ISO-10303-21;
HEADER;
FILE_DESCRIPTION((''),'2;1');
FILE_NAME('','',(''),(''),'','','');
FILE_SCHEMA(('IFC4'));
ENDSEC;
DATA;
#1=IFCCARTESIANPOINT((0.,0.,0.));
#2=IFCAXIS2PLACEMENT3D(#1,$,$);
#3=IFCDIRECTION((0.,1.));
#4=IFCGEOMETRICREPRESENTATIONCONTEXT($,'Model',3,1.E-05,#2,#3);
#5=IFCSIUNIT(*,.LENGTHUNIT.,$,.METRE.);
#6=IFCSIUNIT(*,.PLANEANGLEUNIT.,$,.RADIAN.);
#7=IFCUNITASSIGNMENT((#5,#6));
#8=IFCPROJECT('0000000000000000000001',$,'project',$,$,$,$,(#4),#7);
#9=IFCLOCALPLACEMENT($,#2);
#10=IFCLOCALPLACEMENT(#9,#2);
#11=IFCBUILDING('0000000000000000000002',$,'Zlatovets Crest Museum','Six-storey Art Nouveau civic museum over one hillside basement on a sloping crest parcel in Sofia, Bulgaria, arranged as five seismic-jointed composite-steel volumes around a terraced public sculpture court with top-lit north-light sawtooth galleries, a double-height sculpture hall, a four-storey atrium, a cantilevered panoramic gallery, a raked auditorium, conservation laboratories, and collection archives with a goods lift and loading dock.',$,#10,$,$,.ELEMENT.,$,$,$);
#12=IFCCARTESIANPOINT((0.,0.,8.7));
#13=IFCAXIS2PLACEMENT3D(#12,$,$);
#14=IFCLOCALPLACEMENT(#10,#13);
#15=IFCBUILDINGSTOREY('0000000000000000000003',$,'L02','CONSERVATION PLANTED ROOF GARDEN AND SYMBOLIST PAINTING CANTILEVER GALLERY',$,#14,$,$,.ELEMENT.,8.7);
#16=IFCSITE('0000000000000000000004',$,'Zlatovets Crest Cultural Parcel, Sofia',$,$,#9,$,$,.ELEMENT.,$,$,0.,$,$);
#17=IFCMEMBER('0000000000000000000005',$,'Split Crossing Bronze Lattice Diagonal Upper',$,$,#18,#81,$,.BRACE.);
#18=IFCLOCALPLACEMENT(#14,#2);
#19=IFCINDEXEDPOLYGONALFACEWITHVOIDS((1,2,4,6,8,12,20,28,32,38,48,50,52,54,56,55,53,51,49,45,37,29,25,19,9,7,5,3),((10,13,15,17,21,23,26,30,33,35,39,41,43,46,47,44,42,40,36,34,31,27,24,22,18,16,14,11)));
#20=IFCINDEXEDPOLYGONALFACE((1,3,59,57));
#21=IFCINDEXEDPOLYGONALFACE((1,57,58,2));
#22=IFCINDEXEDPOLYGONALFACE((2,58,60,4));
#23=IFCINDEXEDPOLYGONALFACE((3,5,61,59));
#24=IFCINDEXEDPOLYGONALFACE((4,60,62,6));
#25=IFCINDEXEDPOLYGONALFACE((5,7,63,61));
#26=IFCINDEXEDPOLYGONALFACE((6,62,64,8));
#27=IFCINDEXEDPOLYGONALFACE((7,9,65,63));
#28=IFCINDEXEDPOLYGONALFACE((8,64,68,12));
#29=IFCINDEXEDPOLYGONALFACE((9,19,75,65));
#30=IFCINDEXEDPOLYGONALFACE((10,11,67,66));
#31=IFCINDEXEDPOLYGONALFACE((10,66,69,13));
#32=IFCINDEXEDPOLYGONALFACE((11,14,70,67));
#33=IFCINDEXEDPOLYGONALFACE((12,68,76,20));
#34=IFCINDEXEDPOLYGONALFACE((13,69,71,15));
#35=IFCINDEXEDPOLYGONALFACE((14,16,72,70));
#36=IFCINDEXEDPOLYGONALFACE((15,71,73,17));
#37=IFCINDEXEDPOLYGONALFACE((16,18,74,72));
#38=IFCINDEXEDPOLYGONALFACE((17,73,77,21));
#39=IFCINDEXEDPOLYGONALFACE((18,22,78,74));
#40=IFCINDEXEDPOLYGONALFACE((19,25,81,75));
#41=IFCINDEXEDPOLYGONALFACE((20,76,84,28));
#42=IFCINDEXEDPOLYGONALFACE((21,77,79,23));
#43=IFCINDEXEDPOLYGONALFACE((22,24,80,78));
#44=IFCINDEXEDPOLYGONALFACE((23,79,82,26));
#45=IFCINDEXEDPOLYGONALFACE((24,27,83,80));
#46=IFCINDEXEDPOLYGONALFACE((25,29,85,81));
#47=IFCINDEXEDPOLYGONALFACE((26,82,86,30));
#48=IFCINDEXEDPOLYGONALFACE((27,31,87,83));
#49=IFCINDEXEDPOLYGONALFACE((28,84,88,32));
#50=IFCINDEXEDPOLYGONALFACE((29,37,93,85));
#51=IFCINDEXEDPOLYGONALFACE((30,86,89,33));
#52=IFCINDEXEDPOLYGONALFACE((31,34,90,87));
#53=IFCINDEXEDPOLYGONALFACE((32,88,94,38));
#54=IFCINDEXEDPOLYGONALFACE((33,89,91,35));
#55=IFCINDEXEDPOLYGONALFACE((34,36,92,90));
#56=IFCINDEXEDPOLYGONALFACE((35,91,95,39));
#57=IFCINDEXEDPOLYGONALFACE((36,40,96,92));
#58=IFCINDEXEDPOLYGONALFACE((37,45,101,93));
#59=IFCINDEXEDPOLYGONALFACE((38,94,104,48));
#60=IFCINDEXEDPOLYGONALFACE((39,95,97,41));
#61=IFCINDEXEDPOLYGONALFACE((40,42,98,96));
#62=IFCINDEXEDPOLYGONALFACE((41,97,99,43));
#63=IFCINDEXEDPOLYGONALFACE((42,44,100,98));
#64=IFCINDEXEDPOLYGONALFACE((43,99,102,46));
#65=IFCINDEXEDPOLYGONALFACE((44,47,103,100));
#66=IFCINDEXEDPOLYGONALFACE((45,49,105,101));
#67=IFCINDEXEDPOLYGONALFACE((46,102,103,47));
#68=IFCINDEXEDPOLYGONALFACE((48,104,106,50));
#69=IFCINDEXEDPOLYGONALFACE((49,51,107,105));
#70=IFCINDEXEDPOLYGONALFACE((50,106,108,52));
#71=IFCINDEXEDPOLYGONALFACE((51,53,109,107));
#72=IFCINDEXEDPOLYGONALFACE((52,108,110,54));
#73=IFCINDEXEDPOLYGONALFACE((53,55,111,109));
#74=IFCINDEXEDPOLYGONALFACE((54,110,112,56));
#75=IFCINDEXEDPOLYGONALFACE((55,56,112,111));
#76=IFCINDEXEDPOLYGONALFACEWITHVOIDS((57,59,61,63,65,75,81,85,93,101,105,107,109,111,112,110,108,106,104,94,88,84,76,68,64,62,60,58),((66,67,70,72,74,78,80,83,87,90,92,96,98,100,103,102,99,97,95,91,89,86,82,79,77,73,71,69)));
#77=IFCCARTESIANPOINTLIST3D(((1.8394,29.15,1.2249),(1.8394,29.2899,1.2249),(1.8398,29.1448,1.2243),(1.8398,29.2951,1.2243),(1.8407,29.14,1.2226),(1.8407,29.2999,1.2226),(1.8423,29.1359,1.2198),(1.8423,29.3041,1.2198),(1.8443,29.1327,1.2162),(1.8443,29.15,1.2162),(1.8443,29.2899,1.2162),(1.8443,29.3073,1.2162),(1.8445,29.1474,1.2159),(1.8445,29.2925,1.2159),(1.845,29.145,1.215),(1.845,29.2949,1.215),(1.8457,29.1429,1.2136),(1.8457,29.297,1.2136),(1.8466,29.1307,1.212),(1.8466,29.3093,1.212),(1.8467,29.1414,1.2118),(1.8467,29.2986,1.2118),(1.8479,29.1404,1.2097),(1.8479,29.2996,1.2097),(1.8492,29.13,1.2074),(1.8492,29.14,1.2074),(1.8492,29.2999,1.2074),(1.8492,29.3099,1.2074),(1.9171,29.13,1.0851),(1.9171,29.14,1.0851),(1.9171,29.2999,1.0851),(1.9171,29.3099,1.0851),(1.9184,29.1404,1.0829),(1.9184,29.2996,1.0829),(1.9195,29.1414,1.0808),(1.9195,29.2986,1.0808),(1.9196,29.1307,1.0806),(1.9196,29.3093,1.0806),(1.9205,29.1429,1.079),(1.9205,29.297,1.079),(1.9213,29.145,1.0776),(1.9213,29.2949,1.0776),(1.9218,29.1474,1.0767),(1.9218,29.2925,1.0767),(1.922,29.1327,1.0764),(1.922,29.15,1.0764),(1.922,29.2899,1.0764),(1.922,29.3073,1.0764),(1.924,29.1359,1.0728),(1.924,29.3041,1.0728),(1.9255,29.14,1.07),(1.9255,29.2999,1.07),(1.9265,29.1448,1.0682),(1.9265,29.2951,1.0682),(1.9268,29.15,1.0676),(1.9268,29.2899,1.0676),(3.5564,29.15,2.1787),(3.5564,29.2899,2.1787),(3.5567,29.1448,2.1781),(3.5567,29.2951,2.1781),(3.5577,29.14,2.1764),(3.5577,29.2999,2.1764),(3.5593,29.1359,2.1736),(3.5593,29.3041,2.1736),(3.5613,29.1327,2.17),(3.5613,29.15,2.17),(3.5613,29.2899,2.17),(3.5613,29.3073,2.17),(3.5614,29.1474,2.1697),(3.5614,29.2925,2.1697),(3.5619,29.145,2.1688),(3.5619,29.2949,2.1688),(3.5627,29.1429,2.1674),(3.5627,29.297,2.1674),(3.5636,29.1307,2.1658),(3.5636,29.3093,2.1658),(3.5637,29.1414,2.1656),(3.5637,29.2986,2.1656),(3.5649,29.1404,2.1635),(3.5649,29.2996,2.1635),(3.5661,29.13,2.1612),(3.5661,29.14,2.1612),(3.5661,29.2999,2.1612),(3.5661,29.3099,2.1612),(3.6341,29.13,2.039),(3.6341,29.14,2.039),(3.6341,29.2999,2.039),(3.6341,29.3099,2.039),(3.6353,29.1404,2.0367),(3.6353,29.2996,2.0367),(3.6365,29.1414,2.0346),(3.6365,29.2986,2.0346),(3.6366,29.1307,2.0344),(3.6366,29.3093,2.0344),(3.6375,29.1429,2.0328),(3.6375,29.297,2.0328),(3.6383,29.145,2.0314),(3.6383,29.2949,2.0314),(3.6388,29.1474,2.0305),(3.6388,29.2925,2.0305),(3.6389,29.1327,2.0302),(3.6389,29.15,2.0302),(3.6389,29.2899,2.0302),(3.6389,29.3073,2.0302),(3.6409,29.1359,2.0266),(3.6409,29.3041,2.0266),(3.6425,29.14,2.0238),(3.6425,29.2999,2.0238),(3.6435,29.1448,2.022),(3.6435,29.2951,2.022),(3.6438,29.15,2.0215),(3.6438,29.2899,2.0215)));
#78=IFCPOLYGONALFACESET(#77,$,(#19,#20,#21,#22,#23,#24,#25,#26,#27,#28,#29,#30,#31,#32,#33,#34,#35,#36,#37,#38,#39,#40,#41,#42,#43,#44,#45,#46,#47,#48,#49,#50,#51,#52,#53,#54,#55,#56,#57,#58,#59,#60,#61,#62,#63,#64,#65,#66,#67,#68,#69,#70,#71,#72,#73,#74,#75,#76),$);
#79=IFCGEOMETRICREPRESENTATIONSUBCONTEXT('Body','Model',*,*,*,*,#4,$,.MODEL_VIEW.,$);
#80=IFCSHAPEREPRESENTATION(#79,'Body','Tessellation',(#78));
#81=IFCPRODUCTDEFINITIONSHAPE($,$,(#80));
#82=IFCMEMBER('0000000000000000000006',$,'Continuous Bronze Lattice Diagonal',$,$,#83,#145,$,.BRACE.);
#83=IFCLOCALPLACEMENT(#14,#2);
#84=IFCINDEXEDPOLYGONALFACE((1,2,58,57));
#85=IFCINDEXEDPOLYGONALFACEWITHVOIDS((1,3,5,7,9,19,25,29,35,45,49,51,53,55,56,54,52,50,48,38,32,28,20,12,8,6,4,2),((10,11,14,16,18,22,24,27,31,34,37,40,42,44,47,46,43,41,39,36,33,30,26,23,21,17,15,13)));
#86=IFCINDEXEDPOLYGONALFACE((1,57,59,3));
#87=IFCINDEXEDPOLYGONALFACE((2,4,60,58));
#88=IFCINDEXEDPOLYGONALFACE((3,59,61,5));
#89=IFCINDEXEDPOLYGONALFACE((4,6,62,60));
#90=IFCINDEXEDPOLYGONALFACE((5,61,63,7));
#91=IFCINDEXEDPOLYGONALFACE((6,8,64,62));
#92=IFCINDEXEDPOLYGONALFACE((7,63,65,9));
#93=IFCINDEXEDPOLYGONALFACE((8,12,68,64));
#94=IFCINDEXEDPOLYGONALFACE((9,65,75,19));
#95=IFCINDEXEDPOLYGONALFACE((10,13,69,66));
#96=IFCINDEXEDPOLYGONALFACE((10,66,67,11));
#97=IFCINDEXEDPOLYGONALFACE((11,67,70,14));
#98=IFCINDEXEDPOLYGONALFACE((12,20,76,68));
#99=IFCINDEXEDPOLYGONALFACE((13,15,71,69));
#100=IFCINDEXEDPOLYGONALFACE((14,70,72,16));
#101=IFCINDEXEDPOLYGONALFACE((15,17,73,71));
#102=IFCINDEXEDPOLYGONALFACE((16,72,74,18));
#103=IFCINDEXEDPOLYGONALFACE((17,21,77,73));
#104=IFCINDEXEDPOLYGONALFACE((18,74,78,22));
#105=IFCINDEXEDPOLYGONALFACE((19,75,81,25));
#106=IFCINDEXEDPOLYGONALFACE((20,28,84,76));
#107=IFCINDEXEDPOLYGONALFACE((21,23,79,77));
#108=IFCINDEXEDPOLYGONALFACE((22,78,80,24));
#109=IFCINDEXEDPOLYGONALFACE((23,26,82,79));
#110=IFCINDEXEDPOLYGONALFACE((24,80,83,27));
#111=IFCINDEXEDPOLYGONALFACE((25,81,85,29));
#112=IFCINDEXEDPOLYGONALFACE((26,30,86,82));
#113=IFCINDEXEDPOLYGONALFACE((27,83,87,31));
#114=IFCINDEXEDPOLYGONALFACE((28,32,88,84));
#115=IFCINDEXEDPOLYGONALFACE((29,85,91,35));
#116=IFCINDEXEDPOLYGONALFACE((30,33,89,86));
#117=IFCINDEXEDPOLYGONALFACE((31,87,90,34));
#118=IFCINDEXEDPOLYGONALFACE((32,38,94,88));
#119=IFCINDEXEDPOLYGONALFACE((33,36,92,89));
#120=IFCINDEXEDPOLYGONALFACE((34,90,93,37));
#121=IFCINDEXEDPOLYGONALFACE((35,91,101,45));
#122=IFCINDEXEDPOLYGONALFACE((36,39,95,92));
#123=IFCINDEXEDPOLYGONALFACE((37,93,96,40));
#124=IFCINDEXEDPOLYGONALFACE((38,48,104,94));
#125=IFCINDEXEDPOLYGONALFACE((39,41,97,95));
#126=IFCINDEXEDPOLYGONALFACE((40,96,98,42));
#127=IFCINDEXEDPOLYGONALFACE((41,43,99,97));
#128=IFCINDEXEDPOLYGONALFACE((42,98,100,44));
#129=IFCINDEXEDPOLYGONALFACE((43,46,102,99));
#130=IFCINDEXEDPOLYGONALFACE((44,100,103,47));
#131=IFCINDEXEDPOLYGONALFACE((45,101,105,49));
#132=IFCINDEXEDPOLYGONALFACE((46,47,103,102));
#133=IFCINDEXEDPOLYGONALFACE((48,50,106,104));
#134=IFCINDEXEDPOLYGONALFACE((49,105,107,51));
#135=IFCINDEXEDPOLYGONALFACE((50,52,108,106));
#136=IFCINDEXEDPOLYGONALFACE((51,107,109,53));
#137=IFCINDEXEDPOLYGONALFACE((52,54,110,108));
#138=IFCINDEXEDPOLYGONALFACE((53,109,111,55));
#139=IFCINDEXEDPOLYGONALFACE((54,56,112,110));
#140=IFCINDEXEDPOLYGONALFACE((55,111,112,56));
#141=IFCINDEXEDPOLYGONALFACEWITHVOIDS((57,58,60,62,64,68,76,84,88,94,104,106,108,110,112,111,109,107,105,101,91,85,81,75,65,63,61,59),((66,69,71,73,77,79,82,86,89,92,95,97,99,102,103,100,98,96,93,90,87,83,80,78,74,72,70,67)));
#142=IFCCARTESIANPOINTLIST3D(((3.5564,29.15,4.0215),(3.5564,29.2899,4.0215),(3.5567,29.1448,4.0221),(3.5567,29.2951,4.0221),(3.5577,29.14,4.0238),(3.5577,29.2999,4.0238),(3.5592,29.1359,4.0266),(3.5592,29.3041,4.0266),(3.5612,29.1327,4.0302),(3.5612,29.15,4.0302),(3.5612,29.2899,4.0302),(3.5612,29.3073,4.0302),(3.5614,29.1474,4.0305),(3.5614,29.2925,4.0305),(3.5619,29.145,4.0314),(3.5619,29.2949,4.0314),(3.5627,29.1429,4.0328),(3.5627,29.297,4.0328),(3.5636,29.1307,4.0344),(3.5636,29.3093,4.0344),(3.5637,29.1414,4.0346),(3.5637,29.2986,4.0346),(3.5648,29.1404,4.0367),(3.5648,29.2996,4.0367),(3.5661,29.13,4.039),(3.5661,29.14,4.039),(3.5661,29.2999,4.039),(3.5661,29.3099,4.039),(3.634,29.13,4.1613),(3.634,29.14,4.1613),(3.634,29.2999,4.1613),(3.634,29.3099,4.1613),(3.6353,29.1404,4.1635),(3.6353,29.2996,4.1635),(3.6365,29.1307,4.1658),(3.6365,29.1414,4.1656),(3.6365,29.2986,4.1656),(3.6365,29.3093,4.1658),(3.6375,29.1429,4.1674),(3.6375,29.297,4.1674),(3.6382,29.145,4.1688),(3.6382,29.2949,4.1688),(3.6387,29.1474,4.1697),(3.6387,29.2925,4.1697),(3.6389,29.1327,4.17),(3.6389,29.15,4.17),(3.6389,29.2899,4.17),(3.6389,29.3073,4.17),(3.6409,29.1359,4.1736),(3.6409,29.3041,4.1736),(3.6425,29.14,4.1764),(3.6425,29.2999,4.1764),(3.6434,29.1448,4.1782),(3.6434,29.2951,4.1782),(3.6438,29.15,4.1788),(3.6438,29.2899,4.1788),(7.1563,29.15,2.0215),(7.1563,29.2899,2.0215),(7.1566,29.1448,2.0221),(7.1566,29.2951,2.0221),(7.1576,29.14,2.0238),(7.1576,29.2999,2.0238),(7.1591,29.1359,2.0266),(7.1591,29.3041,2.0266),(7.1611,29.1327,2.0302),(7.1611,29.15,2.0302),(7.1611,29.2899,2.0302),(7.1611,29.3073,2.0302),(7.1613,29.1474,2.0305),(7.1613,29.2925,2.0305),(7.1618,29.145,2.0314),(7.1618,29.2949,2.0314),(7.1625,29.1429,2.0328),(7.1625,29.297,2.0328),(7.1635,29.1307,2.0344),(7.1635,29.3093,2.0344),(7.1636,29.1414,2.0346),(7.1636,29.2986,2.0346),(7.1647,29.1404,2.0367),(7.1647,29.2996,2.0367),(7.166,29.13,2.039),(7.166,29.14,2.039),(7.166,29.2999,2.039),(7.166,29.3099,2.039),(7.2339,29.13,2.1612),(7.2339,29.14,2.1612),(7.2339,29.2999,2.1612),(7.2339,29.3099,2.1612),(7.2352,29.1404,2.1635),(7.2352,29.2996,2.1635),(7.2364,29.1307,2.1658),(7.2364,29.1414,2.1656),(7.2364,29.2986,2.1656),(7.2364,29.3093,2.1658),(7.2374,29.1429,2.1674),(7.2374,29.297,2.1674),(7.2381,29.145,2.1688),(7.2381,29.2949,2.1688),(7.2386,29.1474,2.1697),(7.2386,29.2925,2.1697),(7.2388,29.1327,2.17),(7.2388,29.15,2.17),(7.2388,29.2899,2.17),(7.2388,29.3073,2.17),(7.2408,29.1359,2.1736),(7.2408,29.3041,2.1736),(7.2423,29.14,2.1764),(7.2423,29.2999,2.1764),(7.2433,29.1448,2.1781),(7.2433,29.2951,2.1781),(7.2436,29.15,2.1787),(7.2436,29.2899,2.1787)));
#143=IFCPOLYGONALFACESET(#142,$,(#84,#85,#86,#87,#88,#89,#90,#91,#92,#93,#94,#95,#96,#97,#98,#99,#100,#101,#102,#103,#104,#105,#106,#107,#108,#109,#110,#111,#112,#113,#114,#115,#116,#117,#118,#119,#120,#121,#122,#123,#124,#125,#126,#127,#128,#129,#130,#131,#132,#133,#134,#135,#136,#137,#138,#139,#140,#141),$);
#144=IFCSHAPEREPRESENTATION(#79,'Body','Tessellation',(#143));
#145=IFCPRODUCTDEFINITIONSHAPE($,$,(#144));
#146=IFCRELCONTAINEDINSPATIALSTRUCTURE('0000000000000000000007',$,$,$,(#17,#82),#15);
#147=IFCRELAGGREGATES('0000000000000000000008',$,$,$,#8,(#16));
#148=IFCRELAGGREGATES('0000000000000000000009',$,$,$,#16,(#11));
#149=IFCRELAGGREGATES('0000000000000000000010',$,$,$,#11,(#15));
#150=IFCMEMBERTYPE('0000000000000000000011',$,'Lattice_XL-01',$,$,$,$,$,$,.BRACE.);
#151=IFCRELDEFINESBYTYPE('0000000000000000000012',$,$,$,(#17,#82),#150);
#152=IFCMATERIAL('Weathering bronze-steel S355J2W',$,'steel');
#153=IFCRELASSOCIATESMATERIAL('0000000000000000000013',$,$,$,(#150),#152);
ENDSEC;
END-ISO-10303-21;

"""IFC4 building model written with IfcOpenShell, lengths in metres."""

from ifc_helpers import new_model, si_unit, direction, frame, origin, origin_2d, place, context, subcontext, project, spatial, hollow_rectangle, extrude, material, material_profile, profile_set, type_object, element, save


model = new_model("IFC4")

# Units and contexts
model_context = context("Model", 3, precision=1e-05, world=origin(), true_north=direction((0.0, 1.0)))
body_context = subcontext(model_context, "Body", "Model", "MODEL_VIEW")
ifc_project = project(units=[si_unit("LENGTHUNIT", "METRE"), si_unit("PLANEANGLEUNIT", "RADIAN")], contexts=[model_context])

# Site, building, storey
site_placement = place(None, origin())
site = spatial("IfcSite", under=ifc_project, at=site_placement, Name="Zlatovets Crest Cultural Parcel, Sofia", CompositionType="ELEMENT", RefElevation=0.0)
building_placement = place(site_placement, origin())
building = spatial("IfcBuilding", under=site, at=building_placement, Name="Zlatovets Crest Museum", Description="Six-storey Art Nouveau civic museum over one hillside basement on a sloping crest parcel in Sofia, Bulgaria, arranged as five seismic-jointed composite-steel volumes around a terraced public sculpture court with top-lit north-light sawtooth galleries, a double-height sculpture hall, a four-storey atrium, a cantilevered panoramic gallery, a raked auditorium, conservation laboratories, and collection archives with a goods lift and loading dock.", CompositionType="ELEMENT")
storey_placement = place(building_placement, frame((0.0, 0.0, 8.7)))
storey = spatial("IfcBuildingStorey", under=building, at=storey_placement, Name="L02", Description="CONSERVATION PLANTED ROOF GARDEN AND SYMBOLIST PAINTING CANTILEVER GALLERY", CompositionType="ELEMENT", Elevation=8.7)

# Members
ifc_material_1 = material(Name="Weathering bronze-steel S355J2W", Category="steel")
ifc_material_profile_1 = material_profile(ifc_material_1, hollow_rectangle(XDim=0.1799, YDim=0.1799, WallThickness=0.01, InnerFilletRadius=0.01, OuterFilletRadius=0.02, at=origin_2d()), Name="SHS 180x180x10.0")
ifc_profile_set_1 = profile_set([ifc_material_profile_1], Name="Weathering bronze-steel S355J2W")
member_type_1 = type_object("IfcMemberType", Name="Lattice_XL-01", PredefinedType="BRACE", material=ifc_profile_set_1)
member_1_placement = place(storey_placement, frame((3.6001, 29.22, 2.1001), z_axis=(-0.874169, 0.0, -0.485622), x_axis=(0.0, -1.0, 0.0)))
element("IfcMember", 1, at=member_1_placement, inside=storey, type_object=member_type_1, Name="Split Crossing Bronze Lattice Diagonal Upper", PredefinedType="BRACE", context=body_context, shape_type="SweptSolid", body=[
    extrude(hollow_rectangle(XDim=0.1799, YDim=0.1799, WallThickness=0.01, InnerFilletRadius=0.01, OuterFilletRadius=0.02, at=origin_2d()), origin(), (0.0, 0.0, 1.0), 1.9641),
])
member_2_placement = place(storey_placement, frame((7.2, 29.22, 2.1001), z_axis=(-0.874149, 0.0, 0.485658), x_axis=(0.0, -1.0, 0.0)))
element("IfcMember", 2, at=member_2_placement, inside=storey, type_object=member_type_1, Name="Continuous Bronze Lattice Diagonal", PredefinedType="BRACE", context=body_context, shape_type="SweptSolid", body=[
    extrude(hollow_rectangle(XDim=0.1799, YDim=0.1799, WallThickness=0.01, InnerFilletRadius=0.01, OuterFilletRadius=0.02, at=origin_2d()), origin(), (0.0, 0.0, 1.0), 4.1182),
])

save(model, "model.ifc")
